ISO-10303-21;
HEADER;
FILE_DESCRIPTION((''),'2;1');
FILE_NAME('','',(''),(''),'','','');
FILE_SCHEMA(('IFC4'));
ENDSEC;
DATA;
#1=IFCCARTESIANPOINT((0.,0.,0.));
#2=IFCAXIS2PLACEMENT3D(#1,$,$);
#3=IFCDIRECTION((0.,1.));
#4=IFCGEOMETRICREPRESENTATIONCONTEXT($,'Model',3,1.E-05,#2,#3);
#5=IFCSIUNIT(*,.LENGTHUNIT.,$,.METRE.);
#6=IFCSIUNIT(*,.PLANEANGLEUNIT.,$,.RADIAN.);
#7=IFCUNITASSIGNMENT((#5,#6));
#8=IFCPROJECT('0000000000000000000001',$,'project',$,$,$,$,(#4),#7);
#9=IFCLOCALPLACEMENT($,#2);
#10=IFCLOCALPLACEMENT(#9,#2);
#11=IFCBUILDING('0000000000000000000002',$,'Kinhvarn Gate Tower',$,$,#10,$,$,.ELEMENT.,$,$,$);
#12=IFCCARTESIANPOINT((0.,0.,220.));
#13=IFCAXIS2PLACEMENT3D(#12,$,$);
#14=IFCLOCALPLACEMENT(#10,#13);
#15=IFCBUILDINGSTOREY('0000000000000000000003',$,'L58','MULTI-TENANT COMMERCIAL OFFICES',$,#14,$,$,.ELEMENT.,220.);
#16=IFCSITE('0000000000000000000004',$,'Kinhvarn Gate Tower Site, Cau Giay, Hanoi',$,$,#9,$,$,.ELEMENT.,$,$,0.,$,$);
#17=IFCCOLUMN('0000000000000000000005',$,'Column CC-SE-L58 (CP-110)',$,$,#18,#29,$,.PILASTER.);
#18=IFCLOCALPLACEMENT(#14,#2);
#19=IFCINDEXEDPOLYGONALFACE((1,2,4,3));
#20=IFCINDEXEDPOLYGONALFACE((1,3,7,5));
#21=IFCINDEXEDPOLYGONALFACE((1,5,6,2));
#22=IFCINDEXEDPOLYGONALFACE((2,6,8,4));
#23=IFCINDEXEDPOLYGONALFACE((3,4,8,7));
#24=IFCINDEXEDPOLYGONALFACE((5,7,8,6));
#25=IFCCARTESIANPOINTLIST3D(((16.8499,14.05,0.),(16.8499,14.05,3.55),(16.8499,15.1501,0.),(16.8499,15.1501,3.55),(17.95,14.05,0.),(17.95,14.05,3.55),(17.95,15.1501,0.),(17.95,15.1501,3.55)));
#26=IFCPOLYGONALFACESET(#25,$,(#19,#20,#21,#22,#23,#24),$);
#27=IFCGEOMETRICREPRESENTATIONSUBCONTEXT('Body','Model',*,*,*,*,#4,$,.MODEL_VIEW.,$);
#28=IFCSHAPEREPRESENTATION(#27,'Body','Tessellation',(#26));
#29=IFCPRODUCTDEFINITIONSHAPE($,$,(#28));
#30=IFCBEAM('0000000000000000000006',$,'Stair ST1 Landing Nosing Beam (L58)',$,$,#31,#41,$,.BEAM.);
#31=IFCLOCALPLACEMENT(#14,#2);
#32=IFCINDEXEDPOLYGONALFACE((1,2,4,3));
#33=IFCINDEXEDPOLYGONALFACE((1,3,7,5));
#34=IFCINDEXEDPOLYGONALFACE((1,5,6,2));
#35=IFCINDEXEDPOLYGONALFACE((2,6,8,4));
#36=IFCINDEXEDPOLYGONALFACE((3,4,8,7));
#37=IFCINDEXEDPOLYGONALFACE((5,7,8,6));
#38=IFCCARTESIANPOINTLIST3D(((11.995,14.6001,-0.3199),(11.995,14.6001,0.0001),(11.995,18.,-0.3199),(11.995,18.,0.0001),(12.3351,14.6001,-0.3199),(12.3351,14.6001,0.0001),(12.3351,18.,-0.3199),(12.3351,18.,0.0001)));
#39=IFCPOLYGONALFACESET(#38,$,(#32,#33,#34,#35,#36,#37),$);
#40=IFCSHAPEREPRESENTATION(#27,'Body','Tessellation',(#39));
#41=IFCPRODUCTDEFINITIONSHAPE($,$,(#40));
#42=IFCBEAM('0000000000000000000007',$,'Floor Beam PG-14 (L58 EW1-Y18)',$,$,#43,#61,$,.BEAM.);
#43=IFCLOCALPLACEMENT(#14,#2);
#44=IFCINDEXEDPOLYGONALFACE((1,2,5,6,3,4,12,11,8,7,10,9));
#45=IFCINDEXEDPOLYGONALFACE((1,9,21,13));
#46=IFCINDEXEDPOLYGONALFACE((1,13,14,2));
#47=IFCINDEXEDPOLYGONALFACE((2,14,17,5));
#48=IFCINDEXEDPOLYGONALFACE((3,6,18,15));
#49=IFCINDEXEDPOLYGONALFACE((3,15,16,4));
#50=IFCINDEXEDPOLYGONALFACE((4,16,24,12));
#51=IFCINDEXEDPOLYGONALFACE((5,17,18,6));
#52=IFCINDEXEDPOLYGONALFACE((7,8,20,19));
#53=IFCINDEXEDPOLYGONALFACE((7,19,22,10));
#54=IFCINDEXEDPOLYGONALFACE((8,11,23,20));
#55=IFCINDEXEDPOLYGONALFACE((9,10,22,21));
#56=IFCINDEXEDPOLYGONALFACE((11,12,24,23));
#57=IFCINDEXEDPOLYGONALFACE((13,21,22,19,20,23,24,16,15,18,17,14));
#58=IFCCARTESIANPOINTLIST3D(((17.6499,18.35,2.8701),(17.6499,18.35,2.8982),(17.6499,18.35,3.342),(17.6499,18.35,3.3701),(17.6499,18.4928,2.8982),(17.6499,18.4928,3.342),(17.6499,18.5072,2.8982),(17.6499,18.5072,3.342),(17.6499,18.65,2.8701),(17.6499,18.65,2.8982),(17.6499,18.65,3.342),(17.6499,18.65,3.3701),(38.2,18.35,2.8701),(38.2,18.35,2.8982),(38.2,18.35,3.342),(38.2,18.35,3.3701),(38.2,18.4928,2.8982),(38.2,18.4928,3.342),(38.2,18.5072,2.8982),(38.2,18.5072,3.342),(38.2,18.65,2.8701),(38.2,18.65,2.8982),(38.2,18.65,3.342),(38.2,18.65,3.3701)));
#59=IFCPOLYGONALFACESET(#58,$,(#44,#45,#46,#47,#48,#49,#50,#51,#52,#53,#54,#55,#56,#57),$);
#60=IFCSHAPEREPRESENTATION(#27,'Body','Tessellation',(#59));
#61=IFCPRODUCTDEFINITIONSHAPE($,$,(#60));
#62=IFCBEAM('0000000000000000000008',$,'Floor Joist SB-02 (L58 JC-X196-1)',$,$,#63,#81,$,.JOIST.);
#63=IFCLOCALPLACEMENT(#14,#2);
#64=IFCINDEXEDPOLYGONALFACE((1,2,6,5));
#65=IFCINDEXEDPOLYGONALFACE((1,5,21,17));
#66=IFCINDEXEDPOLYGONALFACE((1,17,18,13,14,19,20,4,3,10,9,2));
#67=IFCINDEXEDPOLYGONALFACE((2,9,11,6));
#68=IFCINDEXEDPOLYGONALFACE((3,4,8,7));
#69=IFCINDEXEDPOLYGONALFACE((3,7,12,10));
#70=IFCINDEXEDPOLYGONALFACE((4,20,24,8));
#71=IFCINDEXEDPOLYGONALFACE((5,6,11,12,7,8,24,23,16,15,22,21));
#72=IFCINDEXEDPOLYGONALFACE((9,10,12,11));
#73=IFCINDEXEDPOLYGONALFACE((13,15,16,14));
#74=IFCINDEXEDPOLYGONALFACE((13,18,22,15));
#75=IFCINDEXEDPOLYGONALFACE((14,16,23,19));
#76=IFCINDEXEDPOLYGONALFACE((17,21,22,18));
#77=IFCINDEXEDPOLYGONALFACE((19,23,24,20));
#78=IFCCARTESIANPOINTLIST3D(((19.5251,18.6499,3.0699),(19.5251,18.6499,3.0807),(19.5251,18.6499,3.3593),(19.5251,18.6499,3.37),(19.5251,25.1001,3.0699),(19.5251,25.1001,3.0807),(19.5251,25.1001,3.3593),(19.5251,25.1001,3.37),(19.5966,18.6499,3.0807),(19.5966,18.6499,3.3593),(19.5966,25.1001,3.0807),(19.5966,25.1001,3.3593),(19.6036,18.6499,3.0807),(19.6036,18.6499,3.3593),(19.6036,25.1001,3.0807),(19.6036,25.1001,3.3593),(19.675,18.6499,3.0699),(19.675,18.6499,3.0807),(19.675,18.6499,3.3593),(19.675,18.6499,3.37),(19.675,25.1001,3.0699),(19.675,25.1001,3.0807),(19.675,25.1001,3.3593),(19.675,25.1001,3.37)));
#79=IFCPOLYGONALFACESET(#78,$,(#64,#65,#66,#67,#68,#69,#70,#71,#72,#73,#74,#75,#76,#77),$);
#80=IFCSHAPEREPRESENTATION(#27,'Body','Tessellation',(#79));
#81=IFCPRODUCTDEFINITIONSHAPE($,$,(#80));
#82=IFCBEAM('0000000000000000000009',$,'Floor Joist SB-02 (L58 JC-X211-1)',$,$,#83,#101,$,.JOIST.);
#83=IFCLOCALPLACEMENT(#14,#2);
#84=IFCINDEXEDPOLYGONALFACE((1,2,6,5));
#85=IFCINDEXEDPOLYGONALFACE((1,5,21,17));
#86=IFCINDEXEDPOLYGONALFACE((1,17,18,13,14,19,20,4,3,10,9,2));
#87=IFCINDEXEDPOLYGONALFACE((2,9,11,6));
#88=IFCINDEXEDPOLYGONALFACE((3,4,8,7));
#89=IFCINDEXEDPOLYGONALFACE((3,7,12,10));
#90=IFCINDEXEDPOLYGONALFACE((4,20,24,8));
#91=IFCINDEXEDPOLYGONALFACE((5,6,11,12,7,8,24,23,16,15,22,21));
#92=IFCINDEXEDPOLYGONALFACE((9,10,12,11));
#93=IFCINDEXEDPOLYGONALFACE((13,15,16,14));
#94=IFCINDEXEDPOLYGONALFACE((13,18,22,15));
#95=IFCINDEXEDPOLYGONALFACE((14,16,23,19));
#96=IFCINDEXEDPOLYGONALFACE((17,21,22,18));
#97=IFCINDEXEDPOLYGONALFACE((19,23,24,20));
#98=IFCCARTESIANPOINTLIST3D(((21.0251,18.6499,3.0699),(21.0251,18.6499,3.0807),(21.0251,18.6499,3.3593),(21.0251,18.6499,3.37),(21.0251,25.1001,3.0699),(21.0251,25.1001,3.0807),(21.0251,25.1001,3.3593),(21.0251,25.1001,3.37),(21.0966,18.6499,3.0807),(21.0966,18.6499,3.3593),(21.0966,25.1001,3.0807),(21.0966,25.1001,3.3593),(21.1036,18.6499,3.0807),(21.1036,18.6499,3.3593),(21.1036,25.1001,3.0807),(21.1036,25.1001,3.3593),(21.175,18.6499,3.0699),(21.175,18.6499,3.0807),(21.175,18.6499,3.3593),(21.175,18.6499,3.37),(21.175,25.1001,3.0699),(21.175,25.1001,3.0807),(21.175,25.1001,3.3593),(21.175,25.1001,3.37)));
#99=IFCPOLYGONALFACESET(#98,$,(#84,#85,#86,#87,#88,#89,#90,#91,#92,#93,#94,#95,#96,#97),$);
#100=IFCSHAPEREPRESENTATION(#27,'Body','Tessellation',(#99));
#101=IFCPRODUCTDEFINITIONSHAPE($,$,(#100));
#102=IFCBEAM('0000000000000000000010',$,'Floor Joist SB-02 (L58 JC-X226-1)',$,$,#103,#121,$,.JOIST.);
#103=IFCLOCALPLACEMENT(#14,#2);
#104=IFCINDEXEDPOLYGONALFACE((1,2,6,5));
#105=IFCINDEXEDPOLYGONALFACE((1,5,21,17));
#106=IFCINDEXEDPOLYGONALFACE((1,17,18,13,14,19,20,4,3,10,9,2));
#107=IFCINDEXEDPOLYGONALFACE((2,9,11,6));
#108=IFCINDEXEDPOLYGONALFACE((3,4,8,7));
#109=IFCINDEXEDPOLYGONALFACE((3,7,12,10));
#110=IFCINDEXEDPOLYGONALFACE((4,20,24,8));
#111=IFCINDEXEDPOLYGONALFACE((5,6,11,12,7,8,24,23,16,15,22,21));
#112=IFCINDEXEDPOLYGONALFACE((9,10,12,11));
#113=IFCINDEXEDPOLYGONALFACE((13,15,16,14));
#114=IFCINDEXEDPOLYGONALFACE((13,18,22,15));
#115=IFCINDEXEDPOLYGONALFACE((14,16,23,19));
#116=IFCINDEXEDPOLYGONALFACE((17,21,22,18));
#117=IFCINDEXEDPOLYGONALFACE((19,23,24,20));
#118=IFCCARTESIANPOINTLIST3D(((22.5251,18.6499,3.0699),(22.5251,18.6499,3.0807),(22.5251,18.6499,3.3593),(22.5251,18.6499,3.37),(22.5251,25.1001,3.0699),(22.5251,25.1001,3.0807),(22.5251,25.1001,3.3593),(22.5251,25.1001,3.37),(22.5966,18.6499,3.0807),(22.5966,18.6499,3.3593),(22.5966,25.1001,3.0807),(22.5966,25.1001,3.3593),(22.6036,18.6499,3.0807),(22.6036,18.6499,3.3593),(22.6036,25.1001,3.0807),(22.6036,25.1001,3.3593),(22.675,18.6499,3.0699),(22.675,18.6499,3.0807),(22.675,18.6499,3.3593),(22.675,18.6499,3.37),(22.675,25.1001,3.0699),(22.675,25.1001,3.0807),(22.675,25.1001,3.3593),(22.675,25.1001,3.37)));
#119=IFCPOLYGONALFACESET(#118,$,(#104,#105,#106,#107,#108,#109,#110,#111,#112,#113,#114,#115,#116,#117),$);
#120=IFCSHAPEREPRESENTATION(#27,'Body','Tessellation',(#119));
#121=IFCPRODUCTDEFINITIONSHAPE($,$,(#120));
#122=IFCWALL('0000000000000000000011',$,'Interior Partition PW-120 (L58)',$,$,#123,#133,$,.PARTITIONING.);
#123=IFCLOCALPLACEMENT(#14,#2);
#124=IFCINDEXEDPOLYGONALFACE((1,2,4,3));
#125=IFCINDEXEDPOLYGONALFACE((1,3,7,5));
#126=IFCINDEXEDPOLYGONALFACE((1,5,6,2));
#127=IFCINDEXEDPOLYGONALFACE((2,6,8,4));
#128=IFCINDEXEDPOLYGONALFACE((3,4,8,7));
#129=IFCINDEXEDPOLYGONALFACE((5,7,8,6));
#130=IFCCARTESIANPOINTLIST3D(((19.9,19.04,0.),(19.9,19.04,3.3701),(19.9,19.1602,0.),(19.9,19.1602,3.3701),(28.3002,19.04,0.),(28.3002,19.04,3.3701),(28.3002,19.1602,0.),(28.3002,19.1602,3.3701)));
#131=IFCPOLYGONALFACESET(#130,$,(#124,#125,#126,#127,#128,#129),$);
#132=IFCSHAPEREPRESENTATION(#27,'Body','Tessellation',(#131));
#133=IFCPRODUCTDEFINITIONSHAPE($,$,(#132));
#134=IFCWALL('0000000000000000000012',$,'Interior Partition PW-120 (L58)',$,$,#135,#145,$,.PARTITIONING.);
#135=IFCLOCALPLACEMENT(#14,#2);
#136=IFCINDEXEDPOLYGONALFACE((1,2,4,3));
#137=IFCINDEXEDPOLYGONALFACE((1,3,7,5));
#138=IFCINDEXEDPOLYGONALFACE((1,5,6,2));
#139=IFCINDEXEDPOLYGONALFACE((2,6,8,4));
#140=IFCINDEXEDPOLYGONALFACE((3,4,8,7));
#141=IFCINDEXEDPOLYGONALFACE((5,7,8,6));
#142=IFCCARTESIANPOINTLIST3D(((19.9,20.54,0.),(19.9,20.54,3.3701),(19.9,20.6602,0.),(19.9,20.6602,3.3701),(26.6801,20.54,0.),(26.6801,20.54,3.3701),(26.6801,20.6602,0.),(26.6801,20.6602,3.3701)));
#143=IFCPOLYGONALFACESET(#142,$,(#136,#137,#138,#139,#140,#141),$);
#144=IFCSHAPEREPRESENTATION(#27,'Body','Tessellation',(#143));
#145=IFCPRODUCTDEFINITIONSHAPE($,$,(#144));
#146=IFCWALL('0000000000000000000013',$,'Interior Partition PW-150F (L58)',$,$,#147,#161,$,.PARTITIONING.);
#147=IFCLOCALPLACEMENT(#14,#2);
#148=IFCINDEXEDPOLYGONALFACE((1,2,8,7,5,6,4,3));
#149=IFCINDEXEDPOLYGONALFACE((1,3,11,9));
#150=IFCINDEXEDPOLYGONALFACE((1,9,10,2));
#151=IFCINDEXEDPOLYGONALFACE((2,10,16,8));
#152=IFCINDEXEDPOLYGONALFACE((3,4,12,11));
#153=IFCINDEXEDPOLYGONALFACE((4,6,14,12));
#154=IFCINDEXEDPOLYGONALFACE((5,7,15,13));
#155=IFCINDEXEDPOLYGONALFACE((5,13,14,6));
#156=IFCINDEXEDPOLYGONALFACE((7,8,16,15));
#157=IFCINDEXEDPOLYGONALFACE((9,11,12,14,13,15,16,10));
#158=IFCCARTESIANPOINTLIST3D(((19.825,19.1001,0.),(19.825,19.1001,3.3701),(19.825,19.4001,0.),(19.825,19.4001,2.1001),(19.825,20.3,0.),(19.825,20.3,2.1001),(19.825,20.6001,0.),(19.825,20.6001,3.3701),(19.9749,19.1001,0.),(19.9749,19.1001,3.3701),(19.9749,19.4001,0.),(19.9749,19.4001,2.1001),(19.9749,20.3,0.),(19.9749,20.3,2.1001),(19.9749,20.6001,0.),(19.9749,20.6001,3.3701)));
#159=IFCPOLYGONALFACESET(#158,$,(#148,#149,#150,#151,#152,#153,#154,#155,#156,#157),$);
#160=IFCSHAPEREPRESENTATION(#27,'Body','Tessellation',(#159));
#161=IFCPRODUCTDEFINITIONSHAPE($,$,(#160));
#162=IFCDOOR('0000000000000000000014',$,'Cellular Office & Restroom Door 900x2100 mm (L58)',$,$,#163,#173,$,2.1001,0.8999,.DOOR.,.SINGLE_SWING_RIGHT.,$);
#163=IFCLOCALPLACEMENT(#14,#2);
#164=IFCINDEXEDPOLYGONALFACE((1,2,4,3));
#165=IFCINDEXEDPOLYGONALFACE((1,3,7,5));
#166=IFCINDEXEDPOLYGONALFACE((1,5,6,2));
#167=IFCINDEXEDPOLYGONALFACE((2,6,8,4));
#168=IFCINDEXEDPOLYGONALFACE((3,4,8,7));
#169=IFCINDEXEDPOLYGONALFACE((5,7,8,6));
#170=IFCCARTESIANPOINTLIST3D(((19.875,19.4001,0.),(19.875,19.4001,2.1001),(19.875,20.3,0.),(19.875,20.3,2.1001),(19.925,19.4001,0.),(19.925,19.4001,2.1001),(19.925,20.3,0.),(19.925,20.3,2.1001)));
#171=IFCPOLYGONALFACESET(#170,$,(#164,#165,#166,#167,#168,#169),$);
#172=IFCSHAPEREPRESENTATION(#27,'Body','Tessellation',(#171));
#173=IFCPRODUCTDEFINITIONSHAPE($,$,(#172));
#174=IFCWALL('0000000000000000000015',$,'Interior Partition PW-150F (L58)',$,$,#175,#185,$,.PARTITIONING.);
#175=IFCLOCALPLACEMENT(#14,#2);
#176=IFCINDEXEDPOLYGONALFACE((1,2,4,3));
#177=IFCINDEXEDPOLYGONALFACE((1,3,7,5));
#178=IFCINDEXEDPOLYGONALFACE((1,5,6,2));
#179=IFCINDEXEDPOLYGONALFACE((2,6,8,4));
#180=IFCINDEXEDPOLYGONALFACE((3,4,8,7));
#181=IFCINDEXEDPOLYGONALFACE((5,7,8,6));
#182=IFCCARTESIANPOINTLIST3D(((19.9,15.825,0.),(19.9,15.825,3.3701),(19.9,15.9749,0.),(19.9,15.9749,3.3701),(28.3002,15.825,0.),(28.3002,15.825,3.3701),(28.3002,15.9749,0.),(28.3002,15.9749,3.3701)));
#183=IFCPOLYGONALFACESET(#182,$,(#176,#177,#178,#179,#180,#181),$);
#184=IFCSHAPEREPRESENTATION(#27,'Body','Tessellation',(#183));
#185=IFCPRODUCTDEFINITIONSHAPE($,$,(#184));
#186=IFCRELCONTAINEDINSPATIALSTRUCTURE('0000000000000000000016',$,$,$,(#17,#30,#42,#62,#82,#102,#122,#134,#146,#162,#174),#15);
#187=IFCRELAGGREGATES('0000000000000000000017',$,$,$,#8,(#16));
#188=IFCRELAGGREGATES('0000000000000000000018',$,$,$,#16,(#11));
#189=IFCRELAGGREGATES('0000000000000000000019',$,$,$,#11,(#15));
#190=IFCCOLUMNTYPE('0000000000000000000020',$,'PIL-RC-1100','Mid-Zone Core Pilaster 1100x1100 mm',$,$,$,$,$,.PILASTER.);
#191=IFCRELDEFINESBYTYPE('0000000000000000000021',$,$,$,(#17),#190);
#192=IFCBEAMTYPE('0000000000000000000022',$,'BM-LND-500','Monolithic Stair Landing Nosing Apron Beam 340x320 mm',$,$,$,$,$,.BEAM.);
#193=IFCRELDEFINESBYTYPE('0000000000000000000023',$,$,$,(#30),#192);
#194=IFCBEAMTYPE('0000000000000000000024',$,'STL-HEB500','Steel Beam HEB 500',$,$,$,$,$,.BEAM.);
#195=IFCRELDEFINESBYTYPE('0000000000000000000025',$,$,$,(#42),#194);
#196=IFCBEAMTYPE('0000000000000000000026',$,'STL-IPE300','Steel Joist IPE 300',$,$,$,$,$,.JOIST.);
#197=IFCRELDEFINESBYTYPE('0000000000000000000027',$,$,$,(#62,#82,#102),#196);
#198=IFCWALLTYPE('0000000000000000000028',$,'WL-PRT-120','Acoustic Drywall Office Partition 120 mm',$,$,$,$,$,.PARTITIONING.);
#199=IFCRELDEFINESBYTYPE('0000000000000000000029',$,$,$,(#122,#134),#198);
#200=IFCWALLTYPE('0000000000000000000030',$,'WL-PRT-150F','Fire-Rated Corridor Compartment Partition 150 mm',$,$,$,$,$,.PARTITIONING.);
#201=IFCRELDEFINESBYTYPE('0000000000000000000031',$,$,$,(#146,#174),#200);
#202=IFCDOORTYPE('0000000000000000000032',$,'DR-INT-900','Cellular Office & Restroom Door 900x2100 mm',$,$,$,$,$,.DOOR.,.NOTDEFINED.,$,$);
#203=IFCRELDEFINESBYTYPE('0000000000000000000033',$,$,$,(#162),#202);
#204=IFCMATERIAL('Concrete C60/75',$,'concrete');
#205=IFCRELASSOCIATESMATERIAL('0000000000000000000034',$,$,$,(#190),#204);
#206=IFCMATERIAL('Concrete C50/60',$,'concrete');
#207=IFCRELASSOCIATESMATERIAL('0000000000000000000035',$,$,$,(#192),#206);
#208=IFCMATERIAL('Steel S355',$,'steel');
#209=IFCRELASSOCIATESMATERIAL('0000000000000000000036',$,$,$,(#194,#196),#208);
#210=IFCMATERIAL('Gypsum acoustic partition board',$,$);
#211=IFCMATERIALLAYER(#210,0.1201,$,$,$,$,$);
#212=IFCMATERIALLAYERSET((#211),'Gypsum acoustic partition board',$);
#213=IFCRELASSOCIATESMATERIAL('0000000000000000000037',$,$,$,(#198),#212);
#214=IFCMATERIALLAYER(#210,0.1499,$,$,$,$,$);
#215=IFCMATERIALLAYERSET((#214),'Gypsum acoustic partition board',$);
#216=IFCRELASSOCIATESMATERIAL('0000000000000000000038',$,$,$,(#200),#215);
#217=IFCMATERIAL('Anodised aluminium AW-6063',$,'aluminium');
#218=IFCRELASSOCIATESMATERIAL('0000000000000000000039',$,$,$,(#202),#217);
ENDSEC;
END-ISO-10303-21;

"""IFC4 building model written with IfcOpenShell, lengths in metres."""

from ifc_helpers import new_model, si_unit, direction, frame, frame_2d, origin, origin_2d, place, context, subcontext, project, spatial, rectangle, i_section, extrude, material, layer, layer_set, material_profile, profile_set, type_object, element, fill, save


model = new_model("IFC4")

# Units and contexts
model_context = context("Model", 3, precision=1e-05, world=origin(), true_north=direction((0.0, 1.0)))
body_context = subcontext(model_context, "Body", "Model", "MODEL_VIEW")
ifc_project = project(units=[si_unit("LENGTHUNIT", "METRE"), si_unit("PLANEANGLEUNIT", "RADIAN")], contexts=[model_context])

# Site, building, storey
site_placement = place(None, origin())
site = spatial("IfcSite", under=ifc_project, at=site_placement, Name="Kinhvarn Gate Tower Site, Cau Giay, Hanoi", CompositionType="ELEMENT", RefElevation=0.0)
building_placement = place(site_placement, origin())
building = spatial("IfcBuilding", under=site, at=building_placement, Name="Kinhvarn Gate Tower", CompositionType="ELEMENT")
storey_placement = place(building_placement, frame((0.0, 0.0, 220.0)))
storey = spatial("IfcBuildingStorey", under=building, at=storey_placement, Name="L58", Description="MULTI-TENANT COMMERCIAL OFFICES", CompositionType="ELEMENT", Elevation=220.0)

# Column
ifc_material_1 = material(Name="Concrete C60/75", Category="concrete")
ifc_material_profile_1 = material_profile(ifc_material_1, rectangle(XDim=1.1001, YDim=1.1001, at=origin_2d()), Name="RC 1100x1100")
ifc_profile_set_1 = profile_set([ifc_material_profile_1], Name="Concrete C60/75")
column_type = type_object("IfcColumnType", Name="PIL-RC-1100", Description="Mid-Zone Core Pilaster 1100x1100 mm", PredefinedType="PILASTER", material=ifc_profile_set_1)
column_placement = place(storey_placement, frame((17.3999, 14.6001, 0.0), z_axis=(0.0, 0.0, 1.0), x_axis=(1.0, 0.0, 0.0)))
element("IfcColumn", 1, at=column_placement, inside=storey, type_object=column_type, Name="Column CC-SE-L58 (CP-110)", PredefinedType="PILASTER", context=body_context, shape_type="SweptSolid", body=[
    extrude(rectangle(XDim=1.1001, YDim=1.1001, at=origin_2d()), origin(), (0.0, 0.0, 1.0), 3.55),
])

# Beams
ifc_material_2 = material(Name="Concrete C50/60", Category="concrete")
ifc_material_profile_2 = material_profile(ifc_material_2, rectangle(XDim=0.3401, YDim=0.3201, at=origin_2d()), Name="RC 340x320")
ifc_profile_set_2 = profile_set([ifc_material_profile_2], Name="Concrete C50/60")
beam_type_1 = type_object("IfcBeamType", Name="BM-LND-500", Description="Monolithic Stair Landing Nosing Apron Beam 340x320 mm", PredefinedType="BEAM", material=ifc_profile_set_2)
beam_1_placement = place(storey_placement, frame((12.165, 14.6001, -0.1599), z_axis=(0.0, 1.0, 0.0), x_axis=(-1.0, 0.0, 0.0)))
element("IfcBeam", 2, at=beam_1_placement, inside=storey, type_object=beam_type_1, Name="Stair ST1 Landing Nosing Beam (L58)", PredefinedType="BEAM", context=body_context, shape_type="SweptSolid", body=[
    extrude(rectangle(XDim=0.3401, YDim=0.3201, at=origin_2d()), origin(), (0.0, 0.0, 1.0), 3.3999),
])
ifc_material_3 = material(Name="Steel S355", Category="steel")
ifc_material_profile_3 = material_profile(ifc_material_3, i_section(OverallWidth=0.3, OverallDepth=0.5, WebThickness=0.0144, FlangeThickness=0.0281, at=origin_2d()), Name="HEB 500")
ifc_profile_set_3 = profile_set([ifc_material_profile_3], Name="Steel S355")
beam_type_2 = type_object("IfcBeamType", Name="STL-HEB500", Description="Steel Beam HEB 500", PredefinedType="BEAM", material=ifc_profile_set_3)
beam_2_placement = place(storey_placement, frame((17.6499, 18.5, 3.1201), z_axis=(1.0, 0.0, 0.0), x_axis=(0.0, 1.0, 0.0)))
element("IfcBeam", 3, at=beam_2_placement, inside=storey, type_object=beam_type_2, Name="Floor Beam PG-14 (L58 EW1-Y18)", PredefinedType="BEAM", context=body_context, shape_type="SweptSolid", body=[
    extrude(i_section(OverallWidth=0.3, OverallDepth=0.5, WebThickness=0.0144, FlangeThickness=0.0281, at=origin_2d()), origin(), (0.0, 0.0, 1.0), 20.55),
])
ifc_material_profile_4 = material_profile(ifc_material_3, i_section(OverallWidth=0.1499, OverallDepth=0.3, WebThickness=0.0071, FlangeThickness=0.0107, at=origin_2d()), Name="IPE 300")
ifc_profile_set_4 = profile_set([ifc_material_profile_4], Name="Steel S355")
beam_type_3 = type_object("IfcBeamType", Name="STL-IPE300", Description="Steel Joist IPE 300", PredefinedType="JOIST", material=ifc_profile_set_4)
for number, where, z_axis, x_axis, name in (
    (4, (19.6001, 18.6499, 3.22), (0.0, 1.0, 0.0), (-1.0, 0.0, 0.0), "Floor Joist SB-02 (L58 JC-X196-1)"),
    (5, (21.1001, 18.6499, 3.22), (0.0, 1.0, 0.0), (-1.0, 0.0, 0.0), "Floor Joist SB-02 (L58 JC-X211-1)"),
    (6, (22.6001, 18.6499, 3.22), (0.0, 1.0, 0.0), (-1.0, 0.0, 0.0), "Floor Joist SB-02 (L58 JC-X226-1)"),
):
    element("IfcBeam", number, at=place(storey_placement, frame(where, z_axis=z_axis, x_axis=x_axis)), inside=storey, type_object=beam_type_3, Name=name, PredefinedType="JOIST", context=body_context, shape_type="SweptSolid", body=[
        extrude(i_section(OverallWidth=0.1499, OverallDepth=0.3, WebThickness=0.0071, FlangeThickness=0.0107, at=origin_2d()), origin(), (0.0, 0.0, 1.0), 6.4502),
    ])

# Shared definitions
ifc_material_4 = material(Name="Anodised aluminium AW-6063", Category="aluminium")

# Walls
ifc_material_5 = material(Name="Gypsum acoustic partition board")
ifc_layer_1 = layer(ifc_material_5, 0.1201)
ifc_layer_set_1 = layer_set([ifc_layer_1], Name="Gypsum acoustic partition board")
wall_type_1 = type_object("IfcWallType", Name="WL-PRT-120", Description="Acoustic Drywall Office Partition 120 mm", PredefinedType="PARTITIONING", material=ifc_layer_set_1)
wall_1_placement = place(storey_placement, frame((19.8999, 19.1001, 0.0), z_axis=(0.0, 0.0, 1.0), x_axis=(1.0, 0.0, 0.0)))
element("IfcWall", 7, at=wall_1_placement, inside=storey, type_object=wall_type_1, Name="Interior Partition PW-120 (L58)", PredefinedType="PARTITIONING", context=body_context, shape_type="SweptSolid", body=[
    extrude(rectangle(XDim=8.4001, YDim=0.1201, at=frame_2d((4.2002, 0.0))), origin(), (0.0, 0.0, 1.0), 3.3701),
])
wall_2_placement = place(storey_placement, frame((19.8999, 20.6001, 0.0), z_axis=(0.0, 0.0, 1.0), x_axis=(1.0, 0.0, 0.0)))
element("IfcWall", 8, at=wall_2_placement, inside=storey, type_object=wall_type_1, Name="Interior Partition PW-120 (L58)", PredefinedType="PARTITIONING", context=body_context, shape_type="SweptSolid", body=[
    extrude(rectangle(XDim=6.78, YDim=0.1201, at=frame_2d((3.3901, 0.0))), origin(), (0.0, 0.0, 1.0), 3.3701),
])

# Wall, opening, door
ifc_layer_2 = layer(ifc_material_5, 0.1499)
ifc_layer_set_2 = layer_set([ifc_layer_2], Name="Gypsum acoustic partition board")
wall_type_2 = type_object("IfcWallType", Name="WL-PRT-150F", Description="Fire-Rated Corridor Compartment Partition 150 mm", PredefinedType="PARTITIONING", material=ifc_layer_set_2)
wall_3_placement = place(storey_placement, frame((19.8999, 19.1001, 0.0), z_axis=(0.0, 0.0, 1.0), x_axis=(0.0, 1.0, 0.0)))
wall_3 = element("IfcWall", 9, at=wall_3_placement, inside=storey, type_object=wall_type_2, Name="Interior Partition PW-150F (L58)", PredefinedType="PARTITIONING", context=body_context, shape_type="SweptSolid", body=[
    extrude(rectangle(XDim=1.5, YDim=0.1499, at=frame_2d((0.75, 0.0))), origin(), (0.0, 0.0, 1.0), 3.3701),
])
opening_1_placement = place(wall_3_placement, frame((0.3, 0.0, 0.0)))
opening_1 = element("IfcOpeningElement", 10, at=opening_1_placement, cuts=wall_3, PredefinedType="OPENING", context=body_context, shape_type="SweptSolid", body=[
    extrude(rectangle(XDim=0.8999, YDim=2.1001, at=frame_2d((0.45, 1.05))), frame((0.0, 0.085, 0.0), z_axis=(0.0, -1.0, 0.0), x_axis=(1.0, 0.0, 0.0)), (0.0, 0.0, 1.0), 0.1699),
])
door_type_1 = type_object("IfcDoorType", Name="DR-INT-900", Description="Cellular Office & Restroom Door 900x2100 mm", OperationType="NOTDEFINED", PredefinedType="DOOR", material=ifc_material_4)
door_1_placement = place(opening_1_placement, origin())
door_1 = element("IfcDoor", 11, at=door_1_placement, inside=storey, type_object=door_type_1, Name="Cellular Office & Restroom Door 900x2100 mm (L58)", OperationType="SINGLE_SWING_RIGHT", OverallHeight=2.1001, OverallWidth=0.8999, PredefinedType="DOOR", context=body_context, shape_type="SweptSolid", body=[
    extrude(rectangle(XDim=0.8999, YDim=2.1001, at=frame_2d((0.45, 1.05))), frame((0.0, 0.0249, 0.0), z_axis=(0.0, -1.0, 0.0), x_axis=(1.0, 0.0, 0.0)), (0.0, 0.0, 1.0), 0.05),
])
fill(opening_1, door_1)

# Wall
wall_4_placement = place(storey_placement, frame((19.8999, 15.8999, 0.0), z_axis=(0.0, 0.0, 1.0), x_axis=(1.0, 0.0, 0.0)))
element("IfcWall", 12, at=wall_4_placement, inside=storey, type_object=wall_type_2, Name="Interior Partition PW-150F (L58)", PredefinedType="PARTITIONING", context=body_context, shape_type="SweptSolid", body=[
    extrude(rectangle(XDim=8.4001, YDim=0.1499, at=frame_2d((4.2002, 0.0))), origin(), (0.0, 0.0, 1.0), 3.3701),
])

save(model, "model.ifc")
